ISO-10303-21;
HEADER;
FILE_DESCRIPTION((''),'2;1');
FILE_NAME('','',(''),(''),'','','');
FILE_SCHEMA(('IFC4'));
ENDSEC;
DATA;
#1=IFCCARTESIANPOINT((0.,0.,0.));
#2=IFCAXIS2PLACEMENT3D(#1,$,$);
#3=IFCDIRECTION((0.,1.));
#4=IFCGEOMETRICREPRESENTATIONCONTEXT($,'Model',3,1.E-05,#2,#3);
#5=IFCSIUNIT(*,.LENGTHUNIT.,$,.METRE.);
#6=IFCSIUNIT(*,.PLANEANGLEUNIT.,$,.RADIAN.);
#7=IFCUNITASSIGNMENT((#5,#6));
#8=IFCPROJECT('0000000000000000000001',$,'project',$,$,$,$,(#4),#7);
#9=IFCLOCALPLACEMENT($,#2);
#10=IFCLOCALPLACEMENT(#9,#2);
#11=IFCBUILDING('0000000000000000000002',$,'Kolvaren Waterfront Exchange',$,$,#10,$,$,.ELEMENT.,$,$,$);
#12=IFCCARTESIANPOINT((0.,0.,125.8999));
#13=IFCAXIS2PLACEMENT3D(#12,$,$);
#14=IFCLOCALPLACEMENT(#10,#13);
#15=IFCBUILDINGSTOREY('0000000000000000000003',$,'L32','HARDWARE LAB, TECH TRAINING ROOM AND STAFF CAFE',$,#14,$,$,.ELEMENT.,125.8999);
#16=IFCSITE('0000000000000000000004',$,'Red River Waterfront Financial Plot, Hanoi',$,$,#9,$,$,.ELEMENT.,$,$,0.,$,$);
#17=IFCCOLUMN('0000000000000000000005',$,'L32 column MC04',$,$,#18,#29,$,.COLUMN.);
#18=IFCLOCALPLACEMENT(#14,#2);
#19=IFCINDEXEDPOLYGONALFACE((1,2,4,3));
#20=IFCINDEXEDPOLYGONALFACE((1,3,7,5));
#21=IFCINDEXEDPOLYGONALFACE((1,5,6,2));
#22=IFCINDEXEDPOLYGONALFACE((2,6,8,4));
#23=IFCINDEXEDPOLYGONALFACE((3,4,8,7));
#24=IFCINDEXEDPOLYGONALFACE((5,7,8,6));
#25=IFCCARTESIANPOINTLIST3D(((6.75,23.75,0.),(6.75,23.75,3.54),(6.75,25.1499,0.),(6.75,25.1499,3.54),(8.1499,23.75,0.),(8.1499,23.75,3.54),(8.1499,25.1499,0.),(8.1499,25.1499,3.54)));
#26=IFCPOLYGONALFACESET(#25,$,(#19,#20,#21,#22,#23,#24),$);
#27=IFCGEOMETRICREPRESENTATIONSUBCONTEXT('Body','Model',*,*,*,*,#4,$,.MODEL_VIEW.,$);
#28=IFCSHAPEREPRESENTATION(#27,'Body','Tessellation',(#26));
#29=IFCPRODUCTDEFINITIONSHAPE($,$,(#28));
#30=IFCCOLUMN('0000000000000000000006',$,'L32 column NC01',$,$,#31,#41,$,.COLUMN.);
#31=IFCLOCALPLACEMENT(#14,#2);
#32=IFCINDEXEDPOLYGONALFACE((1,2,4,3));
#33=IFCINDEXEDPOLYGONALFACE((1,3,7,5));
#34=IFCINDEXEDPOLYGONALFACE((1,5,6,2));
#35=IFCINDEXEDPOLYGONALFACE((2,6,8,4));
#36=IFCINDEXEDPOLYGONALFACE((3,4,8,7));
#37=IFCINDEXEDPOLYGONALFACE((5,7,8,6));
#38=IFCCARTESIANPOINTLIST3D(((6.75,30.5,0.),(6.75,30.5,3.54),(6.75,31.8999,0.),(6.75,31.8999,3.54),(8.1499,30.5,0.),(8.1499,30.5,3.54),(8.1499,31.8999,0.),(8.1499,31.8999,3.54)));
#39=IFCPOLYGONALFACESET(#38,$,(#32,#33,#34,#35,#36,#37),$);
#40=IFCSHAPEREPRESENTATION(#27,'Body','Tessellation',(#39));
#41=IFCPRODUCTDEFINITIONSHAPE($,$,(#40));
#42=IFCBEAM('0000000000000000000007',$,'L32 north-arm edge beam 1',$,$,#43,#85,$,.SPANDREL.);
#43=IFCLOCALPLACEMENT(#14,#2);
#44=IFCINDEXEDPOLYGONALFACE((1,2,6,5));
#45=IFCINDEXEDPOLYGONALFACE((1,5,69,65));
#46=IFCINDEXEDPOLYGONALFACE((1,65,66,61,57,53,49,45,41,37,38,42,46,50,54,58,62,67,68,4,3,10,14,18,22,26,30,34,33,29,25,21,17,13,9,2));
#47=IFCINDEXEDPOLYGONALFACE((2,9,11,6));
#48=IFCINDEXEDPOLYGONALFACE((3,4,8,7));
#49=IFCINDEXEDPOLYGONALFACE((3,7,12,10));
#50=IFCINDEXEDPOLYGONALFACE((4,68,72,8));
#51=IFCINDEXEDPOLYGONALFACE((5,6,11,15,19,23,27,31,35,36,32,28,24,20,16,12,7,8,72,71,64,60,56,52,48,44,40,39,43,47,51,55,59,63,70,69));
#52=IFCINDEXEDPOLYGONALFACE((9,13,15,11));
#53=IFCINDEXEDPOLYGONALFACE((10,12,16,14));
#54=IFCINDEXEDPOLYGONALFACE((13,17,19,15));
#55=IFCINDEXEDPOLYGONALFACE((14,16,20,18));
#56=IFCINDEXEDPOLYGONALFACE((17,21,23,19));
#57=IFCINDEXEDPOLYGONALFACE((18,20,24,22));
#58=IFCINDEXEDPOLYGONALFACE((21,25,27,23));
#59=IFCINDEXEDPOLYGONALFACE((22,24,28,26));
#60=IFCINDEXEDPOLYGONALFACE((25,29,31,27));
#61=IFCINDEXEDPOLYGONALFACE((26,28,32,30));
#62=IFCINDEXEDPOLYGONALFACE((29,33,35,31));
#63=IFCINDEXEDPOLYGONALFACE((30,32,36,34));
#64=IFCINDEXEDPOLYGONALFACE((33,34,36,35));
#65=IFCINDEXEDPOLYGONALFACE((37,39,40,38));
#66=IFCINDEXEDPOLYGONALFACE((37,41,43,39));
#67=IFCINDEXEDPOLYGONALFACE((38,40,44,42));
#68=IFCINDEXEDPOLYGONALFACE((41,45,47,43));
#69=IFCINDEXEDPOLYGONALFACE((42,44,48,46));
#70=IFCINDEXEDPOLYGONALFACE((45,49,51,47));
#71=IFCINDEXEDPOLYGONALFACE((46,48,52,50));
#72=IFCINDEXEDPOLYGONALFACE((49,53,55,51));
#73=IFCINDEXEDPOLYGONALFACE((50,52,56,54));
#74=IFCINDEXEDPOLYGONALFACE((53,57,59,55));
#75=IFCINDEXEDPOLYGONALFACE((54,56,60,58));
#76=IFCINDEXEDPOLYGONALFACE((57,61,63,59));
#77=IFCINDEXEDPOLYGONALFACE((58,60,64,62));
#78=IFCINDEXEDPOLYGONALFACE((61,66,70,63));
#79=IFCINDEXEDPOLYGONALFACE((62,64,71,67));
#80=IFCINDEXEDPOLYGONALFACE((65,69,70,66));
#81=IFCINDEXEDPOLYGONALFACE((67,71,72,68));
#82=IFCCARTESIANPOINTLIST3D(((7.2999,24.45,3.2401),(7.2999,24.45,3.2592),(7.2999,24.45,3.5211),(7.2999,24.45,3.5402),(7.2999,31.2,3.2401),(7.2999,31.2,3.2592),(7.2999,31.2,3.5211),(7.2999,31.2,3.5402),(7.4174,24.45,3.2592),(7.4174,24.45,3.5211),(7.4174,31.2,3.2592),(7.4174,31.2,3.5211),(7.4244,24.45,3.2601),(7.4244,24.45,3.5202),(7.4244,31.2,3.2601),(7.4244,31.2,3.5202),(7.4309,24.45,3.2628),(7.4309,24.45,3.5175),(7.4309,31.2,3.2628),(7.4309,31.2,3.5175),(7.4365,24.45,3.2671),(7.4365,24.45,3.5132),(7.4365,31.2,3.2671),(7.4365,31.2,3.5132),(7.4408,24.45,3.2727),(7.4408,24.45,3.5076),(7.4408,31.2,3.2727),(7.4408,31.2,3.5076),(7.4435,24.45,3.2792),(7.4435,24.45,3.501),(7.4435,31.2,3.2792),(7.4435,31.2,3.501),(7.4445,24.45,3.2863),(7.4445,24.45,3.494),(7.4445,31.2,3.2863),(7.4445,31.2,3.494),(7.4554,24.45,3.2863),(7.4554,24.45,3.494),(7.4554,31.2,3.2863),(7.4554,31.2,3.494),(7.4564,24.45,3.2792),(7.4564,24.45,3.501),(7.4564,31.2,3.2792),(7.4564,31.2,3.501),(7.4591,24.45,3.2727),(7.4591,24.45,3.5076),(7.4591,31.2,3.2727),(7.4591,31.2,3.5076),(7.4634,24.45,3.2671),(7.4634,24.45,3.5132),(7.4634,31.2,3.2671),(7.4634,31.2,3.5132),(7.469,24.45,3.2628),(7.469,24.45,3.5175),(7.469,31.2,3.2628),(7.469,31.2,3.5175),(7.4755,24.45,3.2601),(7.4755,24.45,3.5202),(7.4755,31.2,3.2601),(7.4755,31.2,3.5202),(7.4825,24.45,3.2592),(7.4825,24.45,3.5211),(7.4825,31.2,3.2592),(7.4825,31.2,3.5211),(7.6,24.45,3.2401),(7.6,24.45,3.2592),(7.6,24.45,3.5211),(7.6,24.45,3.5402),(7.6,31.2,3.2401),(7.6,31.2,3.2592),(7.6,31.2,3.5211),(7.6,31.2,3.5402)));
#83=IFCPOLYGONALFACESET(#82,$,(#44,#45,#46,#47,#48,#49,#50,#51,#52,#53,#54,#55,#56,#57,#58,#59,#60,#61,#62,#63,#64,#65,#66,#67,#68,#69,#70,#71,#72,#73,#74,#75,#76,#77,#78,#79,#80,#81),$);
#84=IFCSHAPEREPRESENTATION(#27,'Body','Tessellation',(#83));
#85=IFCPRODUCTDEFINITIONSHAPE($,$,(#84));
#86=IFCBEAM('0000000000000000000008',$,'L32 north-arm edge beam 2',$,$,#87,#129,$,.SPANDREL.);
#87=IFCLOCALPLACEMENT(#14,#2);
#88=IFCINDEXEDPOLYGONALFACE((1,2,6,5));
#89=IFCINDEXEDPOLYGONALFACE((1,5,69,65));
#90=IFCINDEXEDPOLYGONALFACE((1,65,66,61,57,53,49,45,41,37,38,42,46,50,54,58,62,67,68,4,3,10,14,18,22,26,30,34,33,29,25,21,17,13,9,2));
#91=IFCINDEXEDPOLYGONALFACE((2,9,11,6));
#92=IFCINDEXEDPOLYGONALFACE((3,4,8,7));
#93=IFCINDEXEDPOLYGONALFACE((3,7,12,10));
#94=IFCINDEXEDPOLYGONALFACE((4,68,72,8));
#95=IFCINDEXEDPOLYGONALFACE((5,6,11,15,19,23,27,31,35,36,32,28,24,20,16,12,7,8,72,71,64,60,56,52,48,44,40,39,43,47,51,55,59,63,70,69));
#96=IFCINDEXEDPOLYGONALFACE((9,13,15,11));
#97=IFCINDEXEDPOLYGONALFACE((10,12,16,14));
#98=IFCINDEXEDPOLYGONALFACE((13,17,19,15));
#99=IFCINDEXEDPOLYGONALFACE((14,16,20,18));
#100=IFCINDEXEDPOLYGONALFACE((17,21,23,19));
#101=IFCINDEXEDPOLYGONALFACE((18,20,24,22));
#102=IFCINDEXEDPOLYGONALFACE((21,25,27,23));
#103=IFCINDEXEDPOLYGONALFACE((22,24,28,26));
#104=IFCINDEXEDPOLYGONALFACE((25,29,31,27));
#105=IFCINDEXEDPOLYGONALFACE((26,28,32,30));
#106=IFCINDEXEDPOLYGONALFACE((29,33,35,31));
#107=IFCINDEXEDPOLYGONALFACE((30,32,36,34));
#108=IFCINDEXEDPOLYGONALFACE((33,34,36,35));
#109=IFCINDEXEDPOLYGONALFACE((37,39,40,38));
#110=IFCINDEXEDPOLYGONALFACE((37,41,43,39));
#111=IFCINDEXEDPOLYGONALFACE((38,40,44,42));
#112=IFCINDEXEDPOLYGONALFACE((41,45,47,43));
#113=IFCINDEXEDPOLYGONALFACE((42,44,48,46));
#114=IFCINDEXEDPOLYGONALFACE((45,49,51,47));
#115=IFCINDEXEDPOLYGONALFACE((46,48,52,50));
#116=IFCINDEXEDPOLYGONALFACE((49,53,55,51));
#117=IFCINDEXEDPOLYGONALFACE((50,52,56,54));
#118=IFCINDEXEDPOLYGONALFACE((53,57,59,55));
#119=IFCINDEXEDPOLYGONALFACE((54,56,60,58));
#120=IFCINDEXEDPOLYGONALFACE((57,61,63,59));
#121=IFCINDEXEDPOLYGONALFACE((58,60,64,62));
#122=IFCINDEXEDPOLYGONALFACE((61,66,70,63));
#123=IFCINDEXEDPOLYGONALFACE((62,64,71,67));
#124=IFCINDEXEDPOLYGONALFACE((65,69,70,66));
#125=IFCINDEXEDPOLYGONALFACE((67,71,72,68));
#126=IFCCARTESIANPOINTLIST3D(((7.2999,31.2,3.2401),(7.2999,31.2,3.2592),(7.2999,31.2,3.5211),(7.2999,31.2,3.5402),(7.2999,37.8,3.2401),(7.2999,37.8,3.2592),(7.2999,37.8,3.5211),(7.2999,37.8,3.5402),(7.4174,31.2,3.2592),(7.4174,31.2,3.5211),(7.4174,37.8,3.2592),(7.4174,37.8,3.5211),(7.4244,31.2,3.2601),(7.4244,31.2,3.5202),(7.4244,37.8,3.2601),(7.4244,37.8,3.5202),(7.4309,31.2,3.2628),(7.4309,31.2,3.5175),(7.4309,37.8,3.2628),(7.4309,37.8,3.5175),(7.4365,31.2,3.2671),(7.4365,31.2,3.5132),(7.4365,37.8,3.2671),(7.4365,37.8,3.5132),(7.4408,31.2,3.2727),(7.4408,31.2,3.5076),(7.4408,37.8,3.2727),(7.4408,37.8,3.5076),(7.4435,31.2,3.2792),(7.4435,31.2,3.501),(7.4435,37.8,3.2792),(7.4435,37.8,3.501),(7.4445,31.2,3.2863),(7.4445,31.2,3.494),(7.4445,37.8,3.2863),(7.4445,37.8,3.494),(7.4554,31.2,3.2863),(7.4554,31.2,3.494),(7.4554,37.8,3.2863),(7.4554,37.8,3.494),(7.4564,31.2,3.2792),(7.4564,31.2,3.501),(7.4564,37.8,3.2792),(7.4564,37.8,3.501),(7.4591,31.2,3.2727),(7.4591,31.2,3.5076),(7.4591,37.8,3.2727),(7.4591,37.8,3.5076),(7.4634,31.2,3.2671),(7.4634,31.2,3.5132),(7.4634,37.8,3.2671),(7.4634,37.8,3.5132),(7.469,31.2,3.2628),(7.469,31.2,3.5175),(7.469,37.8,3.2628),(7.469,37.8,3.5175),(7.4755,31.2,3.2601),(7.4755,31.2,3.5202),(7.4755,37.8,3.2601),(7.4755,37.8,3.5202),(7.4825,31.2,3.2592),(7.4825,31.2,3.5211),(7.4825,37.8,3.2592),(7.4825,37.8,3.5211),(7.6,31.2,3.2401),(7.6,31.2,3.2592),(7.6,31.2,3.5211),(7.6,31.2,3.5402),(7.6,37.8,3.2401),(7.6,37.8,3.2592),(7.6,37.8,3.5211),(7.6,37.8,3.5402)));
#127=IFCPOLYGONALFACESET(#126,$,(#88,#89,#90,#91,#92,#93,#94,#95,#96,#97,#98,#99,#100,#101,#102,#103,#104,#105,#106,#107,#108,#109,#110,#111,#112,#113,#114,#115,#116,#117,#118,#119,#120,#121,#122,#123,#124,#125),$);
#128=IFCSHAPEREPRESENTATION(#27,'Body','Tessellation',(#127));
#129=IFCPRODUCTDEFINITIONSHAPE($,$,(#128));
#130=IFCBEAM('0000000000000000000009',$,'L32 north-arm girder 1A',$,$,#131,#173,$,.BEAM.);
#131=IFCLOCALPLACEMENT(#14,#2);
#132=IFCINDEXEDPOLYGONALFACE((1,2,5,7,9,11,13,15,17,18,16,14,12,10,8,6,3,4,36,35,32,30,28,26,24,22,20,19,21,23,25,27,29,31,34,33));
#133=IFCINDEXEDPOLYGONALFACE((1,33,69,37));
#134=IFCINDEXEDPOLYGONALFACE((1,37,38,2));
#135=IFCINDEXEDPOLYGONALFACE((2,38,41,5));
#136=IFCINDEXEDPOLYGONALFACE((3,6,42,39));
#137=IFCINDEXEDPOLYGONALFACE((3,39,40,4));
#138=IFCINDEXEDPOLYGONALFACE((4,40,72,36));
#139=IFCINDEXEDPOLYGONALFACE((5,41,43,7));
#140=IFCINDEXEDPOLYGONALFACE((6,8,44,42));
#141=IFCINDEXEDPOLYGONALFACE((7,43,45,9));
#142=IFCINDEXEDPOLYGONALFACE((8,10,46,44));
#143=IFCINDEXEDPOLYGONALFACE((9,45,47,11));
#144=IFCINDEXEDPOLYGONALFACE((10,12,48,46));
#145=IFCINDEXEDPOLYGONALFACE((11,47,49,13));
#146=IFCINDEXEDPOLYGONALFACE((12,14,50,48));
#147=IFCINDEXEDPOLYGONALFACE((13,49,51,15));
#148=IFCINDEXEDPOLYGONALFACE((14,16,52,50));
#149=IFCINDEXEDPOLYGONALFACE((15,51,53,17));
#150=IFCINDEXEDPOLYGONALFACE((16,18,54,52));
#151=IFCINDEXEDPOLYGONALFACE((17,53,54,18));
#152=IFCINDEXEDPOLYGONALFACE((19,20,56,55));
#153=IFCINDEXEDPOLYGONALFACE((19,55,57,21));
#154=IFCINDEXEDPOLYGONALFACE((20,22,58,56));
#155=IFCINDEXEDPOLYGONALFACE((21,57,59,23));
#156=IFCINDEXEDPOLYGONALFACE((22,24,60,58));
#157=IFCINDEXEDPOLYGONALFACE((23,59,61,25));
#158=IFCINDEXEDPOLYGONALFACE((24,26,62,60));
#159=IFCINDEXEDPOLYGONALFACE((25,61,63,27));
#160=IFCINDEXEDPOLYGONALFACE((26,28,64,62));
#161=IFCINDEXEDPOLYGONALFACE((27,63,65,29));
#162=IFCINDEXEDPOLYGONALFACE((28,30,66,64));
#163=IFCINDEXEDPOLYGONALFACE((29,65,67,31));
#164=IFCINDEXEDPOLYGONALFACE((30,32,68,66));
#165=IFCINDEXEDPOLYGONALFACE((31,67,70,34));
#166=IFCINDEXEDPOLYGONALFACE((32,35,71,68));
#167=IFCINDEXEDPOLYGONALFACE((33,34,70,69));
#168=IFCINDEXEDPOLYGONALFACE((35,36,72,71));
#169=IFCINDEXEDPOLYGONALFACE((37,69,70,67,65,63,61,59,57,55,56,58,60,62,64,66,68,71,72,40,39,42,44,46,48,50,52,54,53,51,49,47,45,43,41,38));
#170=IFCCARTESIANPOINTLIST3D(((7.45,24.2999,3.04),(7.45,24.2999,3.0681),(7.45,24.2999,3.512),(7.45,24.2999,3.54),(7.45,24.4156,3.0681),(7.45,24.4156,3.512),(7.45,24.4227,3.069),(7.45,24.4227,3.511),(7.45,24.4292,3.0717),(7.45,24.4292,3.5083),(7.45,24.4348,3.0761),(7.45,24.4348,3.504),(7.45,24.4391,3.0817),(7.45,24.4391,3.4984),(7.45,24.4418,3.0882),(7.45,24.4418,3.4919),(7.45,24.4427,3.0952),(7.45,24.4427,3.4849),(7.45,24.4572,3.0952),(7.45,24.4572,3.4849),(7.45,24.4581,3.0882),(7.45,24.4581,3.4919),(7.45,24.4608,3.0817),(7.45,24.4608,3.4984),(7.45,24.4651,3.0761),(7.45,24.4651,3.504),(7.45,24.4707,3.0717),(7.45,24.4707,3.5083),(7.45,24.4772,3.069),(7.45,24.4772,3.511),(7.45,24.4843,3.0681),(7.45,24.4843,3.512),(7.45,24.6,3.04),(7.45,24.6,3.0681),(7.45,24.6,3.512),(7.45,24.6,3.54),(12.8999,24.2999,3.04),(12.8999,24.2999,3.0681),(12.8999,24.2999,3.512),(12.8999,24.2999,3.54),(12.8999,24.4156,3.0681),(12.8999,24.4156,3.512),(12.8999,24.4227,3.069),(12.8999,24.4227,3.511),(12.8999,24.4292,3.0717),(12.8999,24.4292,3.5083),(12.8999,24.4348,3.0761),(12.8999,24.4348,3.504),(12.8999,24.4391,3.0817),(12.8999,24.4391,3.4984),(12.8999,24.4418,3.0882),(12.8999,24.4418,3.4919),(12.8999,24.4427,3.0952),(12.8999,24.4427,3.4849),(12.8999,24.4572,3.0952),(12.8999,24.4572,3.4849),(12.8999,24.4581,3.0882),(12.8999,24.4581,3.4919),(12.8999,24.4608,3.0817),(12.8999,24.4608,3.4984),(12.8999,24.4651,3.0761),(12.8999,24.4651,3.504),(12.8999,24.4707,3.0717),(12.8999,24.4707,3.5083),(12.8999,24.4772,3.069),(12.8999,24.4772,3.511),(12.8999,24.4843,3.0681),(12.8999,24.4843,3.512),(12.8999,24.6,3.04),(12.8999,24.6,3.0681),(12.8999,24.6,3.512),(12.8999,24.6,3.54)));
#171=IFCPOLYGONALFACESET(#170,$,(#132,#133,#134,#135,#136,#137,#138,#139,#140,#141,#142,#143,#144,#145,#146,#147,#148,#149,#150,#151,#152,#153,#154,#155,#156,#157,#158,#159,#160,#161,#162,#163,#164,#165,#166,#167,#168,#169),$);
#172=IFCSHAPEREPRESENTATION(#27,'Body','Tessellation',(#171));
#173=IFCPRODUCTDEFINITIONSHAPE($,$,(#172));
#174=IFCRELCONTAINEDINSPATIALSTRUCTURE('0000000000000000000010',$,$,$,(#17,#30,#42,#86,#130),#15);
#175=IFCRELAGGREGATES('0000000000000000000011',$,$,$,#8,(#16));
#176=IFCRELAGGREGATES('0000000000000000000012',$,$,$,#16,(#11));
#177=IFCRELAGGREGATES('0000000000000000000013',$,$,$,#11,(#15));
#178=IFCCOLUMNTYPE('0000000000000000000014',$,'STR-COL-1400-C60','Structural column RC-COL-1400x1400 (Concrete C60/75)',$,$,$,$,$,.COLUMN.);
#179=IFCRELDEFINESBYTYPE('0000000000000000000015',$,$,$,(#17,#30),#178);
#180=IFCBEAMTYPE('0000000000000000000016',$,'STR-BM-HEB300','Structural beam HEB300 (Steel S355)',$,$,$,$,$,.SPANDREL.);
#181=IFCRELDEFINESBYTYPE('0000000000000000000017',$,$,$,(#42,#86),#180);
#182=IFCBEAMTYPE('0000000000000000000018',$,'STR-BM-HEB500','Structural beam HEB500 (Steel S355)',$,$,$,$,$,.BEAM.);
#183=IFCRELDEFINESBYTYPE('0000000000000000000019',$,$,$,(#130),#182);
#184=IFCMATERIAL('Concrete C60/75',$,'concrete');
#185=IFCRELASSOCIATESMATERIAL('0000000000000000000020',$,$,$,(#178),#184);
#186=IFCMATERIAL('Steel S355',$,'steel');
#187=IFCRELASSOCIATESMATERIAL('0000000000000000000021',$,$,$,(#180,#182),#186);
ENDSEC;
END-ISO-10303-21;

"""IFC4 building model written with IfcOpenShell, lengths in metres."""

from ifc_helpers import new_model, si_unit, direction, frame, origin, origin_2d, place, context, subcontext, project, spatial, rectangle, i_section, extrude, material, material_profile, profile_set, type_object, element, save


model = new_model("IFC4")

# Units and contexts
model_context = context("Model", 3, precision=1e-05, world=origin(), true_north=direction((0.0, 1.0)))
body_context = subcontext(model_context, "Body", "Model", "MODEL_VIEW")
ifc_project = project(units=[si_unit("LENGTHUNIT", "METRE"), si_unit("PLANEANGLEUNIT", "RADIAN")], contexts=[model_context])

# Site, building, storey
site_placement = place(None, origin())
site = spatial("IfcSite", under=ifc_project, at=site_placement, Name="Red River Waterfront Financial Plot, Hanoi", CompositionType="ELEMENT", RefElevation=0.0)
building_placement = place(site_placement, origin())
building = spatial("IfcBuilding", under=site, at=building_placement, Name="Kolvaren Waterfront Exchange", CompositionType="ELEMENT")
storey_placement = place(building_placement, frame((0.0, 0.0, 125.8999)))
storey = spatial("IfcBuildingStorey", under=building, at=storey_placement, Name="L32", Description="HARDWARE LAB, TECH TRAINING ROOM AND STAFF CAFE", CompositionType="ELEMENT", Elevation=125.8999)

# Columns
ifc_material_1 = material(Name="Concrete C60/75", Category="concrete")
ifc_material_profile_1 = material_profile(ifc_material_1, rectangle(XDim=1.3999, YDim=1.3999, at=origin_2d()), Name="RC-COL-1400x1400")
ifc_profile_set_1 = profile_set([ifc_material_profile_1], Name="Concrete C60/75")
column_type = type_object("IfcColumnType", Name="STR-COL-1400-C60", Description="Structural column RC-COL-1400x1400 (Concrete C60/75)", PredefinedType="COLUMN", material=ifc_profile_set_1)
for number, where, z_axis, x_axis, name in (
    (1, (7.45, 24.45, 0.0), (0.0, 0.0, 1.0), (1.0, 0.0, 0.0), "L32 column MC04"),
    (2, (7.45, 31.2, 0.0), (0.0, 0.0, 1.0), (1.0, 0.0, 0.0), "L32 column NC01"),
):
    element("IfcColumn", number, at=place(storey_placement, frame(where, z_axis=z_axis, x_axis=x_axis)), inside=storey, type_object=column_type, Name=name, PredefinedType="COLUMN", context=body_context, shape_type="SweptSolid", body=[
        extrude(rectangle(XDim=1.3999, YDim=1.3999, at=origin_2d()), origin(), (0.0, 0.0, 1.0), 3.54),
    ])

# Beams
ifc_material_2 = material(Name="Steel S355", Category="steel")
ifc_material_profile_2 = material_profile(ifc_material_2, i_section(OverallWidth=0.3, OverallDepth=0.3, WebThickness=0.011, FlangeThickness=0.019, FilletRadius=0.0271, at=origin_2d()), Name="HEB300")
ifc_profile_set_2 = profile_set([ifc_material_profile_2], Name="Steel S355")
beam_type_1 = type_object("IfcBeamType", Name="STR-BM-HEB300", Description="Structural beam HEB300 (Steel S355)", PredefinedType="SPANDREL", material=ifc_profile_set_2)
beam_1_placement = place(storey_placement, frame((7.45, 24.45, 3.3901), z_axis=(0.0, 1.0, 0.0), x_axis=(-1.0, 0.0, 0.0)))
element("IfcBeam", 3, at=beam_1_placement, inside=storey, type_object=beam_type_1, Name="L32 north-arm edge beam 1", PredefinedType="SPANDREL", context=body_context, shape_type="SweptSolid", body=[
    extrude(i_section(OverallWidth=0.3, OverallDepth=0.3, WebThickness=0.011, FlangeThickness=0.019, FilletRadius=0.0271, at=origin_2d()), origin(), (0.0, 0.0, 1.0), 6.75),
])
beam_2_placement = place(storey_placement, frame((7.45, 31.2, 3.3901), z_axis=(0.0, 1.0, 0.0), x_axis=(-1.0, 0.0, 0.0)))
element("IfcBeam", 4, at=beam_2_placement, inside=storey, type_object=beam_type_1, Name="L32 north-arm edge beam 2", PredefinedType="SPANDREL", context=body_context, shape_type="SweptSolid", body=[
    extrude(i_section(OverallWidth=0.3, OverallDepth=0.3, WebThickness=0.011, FlangeThickness=0.019, FilletRadius=0.0271, at=origin_2d()), origin(), (0.0, 0.0, 1.0), 6.6001),
])
ifc_material_profile_3 = material_profile(ifc_material_2, i_section(OverallWidth=0.3, OverallDepth=0.5, WebThickness=0.0144, FlangeThickness=0.0281, FilletRadius=0.0271, at=origin_2d()), Name="HEB500")
ifc_profile_set_3 = profile_set([ifc_material_profile_3], Name="Steel S355")
beam_type_2 = type_object("IfcBeamType", Name="STR-BM-HEB500", Description="Structural beam HEB500 (Steel S355)", PredefinedType="BEAM", material=ifc_profile_set_3)
for number, where, z_axis, x_axis, name in (
    (5, (7.45, 24.45, 3.29), (1.0, 0.0, 0.0), (0.0, 1.0, 0.0), "L32 north-arm girder 1A"),
):
    element("IfcBeam", number, at=place(storey_placement, frame(where, z_axis=z_axis, x_axis=x_axis)), inside=storey, type_object=beam_type_2, Name=name, PredefinedType="BEAM", context=body_context, shape_type="SweptSolid", body=[
        extrude(i_section(OverallWidth=0.3, OverallDepth=0.5, WebThickness=0.0144, FlangeThickness=0.0281, FilletRadius=0.0271, at=origin_2d()), origin(), (0.0, 0.0, 1.0), 5.45),
    ])

save(model, "model.ifc")
